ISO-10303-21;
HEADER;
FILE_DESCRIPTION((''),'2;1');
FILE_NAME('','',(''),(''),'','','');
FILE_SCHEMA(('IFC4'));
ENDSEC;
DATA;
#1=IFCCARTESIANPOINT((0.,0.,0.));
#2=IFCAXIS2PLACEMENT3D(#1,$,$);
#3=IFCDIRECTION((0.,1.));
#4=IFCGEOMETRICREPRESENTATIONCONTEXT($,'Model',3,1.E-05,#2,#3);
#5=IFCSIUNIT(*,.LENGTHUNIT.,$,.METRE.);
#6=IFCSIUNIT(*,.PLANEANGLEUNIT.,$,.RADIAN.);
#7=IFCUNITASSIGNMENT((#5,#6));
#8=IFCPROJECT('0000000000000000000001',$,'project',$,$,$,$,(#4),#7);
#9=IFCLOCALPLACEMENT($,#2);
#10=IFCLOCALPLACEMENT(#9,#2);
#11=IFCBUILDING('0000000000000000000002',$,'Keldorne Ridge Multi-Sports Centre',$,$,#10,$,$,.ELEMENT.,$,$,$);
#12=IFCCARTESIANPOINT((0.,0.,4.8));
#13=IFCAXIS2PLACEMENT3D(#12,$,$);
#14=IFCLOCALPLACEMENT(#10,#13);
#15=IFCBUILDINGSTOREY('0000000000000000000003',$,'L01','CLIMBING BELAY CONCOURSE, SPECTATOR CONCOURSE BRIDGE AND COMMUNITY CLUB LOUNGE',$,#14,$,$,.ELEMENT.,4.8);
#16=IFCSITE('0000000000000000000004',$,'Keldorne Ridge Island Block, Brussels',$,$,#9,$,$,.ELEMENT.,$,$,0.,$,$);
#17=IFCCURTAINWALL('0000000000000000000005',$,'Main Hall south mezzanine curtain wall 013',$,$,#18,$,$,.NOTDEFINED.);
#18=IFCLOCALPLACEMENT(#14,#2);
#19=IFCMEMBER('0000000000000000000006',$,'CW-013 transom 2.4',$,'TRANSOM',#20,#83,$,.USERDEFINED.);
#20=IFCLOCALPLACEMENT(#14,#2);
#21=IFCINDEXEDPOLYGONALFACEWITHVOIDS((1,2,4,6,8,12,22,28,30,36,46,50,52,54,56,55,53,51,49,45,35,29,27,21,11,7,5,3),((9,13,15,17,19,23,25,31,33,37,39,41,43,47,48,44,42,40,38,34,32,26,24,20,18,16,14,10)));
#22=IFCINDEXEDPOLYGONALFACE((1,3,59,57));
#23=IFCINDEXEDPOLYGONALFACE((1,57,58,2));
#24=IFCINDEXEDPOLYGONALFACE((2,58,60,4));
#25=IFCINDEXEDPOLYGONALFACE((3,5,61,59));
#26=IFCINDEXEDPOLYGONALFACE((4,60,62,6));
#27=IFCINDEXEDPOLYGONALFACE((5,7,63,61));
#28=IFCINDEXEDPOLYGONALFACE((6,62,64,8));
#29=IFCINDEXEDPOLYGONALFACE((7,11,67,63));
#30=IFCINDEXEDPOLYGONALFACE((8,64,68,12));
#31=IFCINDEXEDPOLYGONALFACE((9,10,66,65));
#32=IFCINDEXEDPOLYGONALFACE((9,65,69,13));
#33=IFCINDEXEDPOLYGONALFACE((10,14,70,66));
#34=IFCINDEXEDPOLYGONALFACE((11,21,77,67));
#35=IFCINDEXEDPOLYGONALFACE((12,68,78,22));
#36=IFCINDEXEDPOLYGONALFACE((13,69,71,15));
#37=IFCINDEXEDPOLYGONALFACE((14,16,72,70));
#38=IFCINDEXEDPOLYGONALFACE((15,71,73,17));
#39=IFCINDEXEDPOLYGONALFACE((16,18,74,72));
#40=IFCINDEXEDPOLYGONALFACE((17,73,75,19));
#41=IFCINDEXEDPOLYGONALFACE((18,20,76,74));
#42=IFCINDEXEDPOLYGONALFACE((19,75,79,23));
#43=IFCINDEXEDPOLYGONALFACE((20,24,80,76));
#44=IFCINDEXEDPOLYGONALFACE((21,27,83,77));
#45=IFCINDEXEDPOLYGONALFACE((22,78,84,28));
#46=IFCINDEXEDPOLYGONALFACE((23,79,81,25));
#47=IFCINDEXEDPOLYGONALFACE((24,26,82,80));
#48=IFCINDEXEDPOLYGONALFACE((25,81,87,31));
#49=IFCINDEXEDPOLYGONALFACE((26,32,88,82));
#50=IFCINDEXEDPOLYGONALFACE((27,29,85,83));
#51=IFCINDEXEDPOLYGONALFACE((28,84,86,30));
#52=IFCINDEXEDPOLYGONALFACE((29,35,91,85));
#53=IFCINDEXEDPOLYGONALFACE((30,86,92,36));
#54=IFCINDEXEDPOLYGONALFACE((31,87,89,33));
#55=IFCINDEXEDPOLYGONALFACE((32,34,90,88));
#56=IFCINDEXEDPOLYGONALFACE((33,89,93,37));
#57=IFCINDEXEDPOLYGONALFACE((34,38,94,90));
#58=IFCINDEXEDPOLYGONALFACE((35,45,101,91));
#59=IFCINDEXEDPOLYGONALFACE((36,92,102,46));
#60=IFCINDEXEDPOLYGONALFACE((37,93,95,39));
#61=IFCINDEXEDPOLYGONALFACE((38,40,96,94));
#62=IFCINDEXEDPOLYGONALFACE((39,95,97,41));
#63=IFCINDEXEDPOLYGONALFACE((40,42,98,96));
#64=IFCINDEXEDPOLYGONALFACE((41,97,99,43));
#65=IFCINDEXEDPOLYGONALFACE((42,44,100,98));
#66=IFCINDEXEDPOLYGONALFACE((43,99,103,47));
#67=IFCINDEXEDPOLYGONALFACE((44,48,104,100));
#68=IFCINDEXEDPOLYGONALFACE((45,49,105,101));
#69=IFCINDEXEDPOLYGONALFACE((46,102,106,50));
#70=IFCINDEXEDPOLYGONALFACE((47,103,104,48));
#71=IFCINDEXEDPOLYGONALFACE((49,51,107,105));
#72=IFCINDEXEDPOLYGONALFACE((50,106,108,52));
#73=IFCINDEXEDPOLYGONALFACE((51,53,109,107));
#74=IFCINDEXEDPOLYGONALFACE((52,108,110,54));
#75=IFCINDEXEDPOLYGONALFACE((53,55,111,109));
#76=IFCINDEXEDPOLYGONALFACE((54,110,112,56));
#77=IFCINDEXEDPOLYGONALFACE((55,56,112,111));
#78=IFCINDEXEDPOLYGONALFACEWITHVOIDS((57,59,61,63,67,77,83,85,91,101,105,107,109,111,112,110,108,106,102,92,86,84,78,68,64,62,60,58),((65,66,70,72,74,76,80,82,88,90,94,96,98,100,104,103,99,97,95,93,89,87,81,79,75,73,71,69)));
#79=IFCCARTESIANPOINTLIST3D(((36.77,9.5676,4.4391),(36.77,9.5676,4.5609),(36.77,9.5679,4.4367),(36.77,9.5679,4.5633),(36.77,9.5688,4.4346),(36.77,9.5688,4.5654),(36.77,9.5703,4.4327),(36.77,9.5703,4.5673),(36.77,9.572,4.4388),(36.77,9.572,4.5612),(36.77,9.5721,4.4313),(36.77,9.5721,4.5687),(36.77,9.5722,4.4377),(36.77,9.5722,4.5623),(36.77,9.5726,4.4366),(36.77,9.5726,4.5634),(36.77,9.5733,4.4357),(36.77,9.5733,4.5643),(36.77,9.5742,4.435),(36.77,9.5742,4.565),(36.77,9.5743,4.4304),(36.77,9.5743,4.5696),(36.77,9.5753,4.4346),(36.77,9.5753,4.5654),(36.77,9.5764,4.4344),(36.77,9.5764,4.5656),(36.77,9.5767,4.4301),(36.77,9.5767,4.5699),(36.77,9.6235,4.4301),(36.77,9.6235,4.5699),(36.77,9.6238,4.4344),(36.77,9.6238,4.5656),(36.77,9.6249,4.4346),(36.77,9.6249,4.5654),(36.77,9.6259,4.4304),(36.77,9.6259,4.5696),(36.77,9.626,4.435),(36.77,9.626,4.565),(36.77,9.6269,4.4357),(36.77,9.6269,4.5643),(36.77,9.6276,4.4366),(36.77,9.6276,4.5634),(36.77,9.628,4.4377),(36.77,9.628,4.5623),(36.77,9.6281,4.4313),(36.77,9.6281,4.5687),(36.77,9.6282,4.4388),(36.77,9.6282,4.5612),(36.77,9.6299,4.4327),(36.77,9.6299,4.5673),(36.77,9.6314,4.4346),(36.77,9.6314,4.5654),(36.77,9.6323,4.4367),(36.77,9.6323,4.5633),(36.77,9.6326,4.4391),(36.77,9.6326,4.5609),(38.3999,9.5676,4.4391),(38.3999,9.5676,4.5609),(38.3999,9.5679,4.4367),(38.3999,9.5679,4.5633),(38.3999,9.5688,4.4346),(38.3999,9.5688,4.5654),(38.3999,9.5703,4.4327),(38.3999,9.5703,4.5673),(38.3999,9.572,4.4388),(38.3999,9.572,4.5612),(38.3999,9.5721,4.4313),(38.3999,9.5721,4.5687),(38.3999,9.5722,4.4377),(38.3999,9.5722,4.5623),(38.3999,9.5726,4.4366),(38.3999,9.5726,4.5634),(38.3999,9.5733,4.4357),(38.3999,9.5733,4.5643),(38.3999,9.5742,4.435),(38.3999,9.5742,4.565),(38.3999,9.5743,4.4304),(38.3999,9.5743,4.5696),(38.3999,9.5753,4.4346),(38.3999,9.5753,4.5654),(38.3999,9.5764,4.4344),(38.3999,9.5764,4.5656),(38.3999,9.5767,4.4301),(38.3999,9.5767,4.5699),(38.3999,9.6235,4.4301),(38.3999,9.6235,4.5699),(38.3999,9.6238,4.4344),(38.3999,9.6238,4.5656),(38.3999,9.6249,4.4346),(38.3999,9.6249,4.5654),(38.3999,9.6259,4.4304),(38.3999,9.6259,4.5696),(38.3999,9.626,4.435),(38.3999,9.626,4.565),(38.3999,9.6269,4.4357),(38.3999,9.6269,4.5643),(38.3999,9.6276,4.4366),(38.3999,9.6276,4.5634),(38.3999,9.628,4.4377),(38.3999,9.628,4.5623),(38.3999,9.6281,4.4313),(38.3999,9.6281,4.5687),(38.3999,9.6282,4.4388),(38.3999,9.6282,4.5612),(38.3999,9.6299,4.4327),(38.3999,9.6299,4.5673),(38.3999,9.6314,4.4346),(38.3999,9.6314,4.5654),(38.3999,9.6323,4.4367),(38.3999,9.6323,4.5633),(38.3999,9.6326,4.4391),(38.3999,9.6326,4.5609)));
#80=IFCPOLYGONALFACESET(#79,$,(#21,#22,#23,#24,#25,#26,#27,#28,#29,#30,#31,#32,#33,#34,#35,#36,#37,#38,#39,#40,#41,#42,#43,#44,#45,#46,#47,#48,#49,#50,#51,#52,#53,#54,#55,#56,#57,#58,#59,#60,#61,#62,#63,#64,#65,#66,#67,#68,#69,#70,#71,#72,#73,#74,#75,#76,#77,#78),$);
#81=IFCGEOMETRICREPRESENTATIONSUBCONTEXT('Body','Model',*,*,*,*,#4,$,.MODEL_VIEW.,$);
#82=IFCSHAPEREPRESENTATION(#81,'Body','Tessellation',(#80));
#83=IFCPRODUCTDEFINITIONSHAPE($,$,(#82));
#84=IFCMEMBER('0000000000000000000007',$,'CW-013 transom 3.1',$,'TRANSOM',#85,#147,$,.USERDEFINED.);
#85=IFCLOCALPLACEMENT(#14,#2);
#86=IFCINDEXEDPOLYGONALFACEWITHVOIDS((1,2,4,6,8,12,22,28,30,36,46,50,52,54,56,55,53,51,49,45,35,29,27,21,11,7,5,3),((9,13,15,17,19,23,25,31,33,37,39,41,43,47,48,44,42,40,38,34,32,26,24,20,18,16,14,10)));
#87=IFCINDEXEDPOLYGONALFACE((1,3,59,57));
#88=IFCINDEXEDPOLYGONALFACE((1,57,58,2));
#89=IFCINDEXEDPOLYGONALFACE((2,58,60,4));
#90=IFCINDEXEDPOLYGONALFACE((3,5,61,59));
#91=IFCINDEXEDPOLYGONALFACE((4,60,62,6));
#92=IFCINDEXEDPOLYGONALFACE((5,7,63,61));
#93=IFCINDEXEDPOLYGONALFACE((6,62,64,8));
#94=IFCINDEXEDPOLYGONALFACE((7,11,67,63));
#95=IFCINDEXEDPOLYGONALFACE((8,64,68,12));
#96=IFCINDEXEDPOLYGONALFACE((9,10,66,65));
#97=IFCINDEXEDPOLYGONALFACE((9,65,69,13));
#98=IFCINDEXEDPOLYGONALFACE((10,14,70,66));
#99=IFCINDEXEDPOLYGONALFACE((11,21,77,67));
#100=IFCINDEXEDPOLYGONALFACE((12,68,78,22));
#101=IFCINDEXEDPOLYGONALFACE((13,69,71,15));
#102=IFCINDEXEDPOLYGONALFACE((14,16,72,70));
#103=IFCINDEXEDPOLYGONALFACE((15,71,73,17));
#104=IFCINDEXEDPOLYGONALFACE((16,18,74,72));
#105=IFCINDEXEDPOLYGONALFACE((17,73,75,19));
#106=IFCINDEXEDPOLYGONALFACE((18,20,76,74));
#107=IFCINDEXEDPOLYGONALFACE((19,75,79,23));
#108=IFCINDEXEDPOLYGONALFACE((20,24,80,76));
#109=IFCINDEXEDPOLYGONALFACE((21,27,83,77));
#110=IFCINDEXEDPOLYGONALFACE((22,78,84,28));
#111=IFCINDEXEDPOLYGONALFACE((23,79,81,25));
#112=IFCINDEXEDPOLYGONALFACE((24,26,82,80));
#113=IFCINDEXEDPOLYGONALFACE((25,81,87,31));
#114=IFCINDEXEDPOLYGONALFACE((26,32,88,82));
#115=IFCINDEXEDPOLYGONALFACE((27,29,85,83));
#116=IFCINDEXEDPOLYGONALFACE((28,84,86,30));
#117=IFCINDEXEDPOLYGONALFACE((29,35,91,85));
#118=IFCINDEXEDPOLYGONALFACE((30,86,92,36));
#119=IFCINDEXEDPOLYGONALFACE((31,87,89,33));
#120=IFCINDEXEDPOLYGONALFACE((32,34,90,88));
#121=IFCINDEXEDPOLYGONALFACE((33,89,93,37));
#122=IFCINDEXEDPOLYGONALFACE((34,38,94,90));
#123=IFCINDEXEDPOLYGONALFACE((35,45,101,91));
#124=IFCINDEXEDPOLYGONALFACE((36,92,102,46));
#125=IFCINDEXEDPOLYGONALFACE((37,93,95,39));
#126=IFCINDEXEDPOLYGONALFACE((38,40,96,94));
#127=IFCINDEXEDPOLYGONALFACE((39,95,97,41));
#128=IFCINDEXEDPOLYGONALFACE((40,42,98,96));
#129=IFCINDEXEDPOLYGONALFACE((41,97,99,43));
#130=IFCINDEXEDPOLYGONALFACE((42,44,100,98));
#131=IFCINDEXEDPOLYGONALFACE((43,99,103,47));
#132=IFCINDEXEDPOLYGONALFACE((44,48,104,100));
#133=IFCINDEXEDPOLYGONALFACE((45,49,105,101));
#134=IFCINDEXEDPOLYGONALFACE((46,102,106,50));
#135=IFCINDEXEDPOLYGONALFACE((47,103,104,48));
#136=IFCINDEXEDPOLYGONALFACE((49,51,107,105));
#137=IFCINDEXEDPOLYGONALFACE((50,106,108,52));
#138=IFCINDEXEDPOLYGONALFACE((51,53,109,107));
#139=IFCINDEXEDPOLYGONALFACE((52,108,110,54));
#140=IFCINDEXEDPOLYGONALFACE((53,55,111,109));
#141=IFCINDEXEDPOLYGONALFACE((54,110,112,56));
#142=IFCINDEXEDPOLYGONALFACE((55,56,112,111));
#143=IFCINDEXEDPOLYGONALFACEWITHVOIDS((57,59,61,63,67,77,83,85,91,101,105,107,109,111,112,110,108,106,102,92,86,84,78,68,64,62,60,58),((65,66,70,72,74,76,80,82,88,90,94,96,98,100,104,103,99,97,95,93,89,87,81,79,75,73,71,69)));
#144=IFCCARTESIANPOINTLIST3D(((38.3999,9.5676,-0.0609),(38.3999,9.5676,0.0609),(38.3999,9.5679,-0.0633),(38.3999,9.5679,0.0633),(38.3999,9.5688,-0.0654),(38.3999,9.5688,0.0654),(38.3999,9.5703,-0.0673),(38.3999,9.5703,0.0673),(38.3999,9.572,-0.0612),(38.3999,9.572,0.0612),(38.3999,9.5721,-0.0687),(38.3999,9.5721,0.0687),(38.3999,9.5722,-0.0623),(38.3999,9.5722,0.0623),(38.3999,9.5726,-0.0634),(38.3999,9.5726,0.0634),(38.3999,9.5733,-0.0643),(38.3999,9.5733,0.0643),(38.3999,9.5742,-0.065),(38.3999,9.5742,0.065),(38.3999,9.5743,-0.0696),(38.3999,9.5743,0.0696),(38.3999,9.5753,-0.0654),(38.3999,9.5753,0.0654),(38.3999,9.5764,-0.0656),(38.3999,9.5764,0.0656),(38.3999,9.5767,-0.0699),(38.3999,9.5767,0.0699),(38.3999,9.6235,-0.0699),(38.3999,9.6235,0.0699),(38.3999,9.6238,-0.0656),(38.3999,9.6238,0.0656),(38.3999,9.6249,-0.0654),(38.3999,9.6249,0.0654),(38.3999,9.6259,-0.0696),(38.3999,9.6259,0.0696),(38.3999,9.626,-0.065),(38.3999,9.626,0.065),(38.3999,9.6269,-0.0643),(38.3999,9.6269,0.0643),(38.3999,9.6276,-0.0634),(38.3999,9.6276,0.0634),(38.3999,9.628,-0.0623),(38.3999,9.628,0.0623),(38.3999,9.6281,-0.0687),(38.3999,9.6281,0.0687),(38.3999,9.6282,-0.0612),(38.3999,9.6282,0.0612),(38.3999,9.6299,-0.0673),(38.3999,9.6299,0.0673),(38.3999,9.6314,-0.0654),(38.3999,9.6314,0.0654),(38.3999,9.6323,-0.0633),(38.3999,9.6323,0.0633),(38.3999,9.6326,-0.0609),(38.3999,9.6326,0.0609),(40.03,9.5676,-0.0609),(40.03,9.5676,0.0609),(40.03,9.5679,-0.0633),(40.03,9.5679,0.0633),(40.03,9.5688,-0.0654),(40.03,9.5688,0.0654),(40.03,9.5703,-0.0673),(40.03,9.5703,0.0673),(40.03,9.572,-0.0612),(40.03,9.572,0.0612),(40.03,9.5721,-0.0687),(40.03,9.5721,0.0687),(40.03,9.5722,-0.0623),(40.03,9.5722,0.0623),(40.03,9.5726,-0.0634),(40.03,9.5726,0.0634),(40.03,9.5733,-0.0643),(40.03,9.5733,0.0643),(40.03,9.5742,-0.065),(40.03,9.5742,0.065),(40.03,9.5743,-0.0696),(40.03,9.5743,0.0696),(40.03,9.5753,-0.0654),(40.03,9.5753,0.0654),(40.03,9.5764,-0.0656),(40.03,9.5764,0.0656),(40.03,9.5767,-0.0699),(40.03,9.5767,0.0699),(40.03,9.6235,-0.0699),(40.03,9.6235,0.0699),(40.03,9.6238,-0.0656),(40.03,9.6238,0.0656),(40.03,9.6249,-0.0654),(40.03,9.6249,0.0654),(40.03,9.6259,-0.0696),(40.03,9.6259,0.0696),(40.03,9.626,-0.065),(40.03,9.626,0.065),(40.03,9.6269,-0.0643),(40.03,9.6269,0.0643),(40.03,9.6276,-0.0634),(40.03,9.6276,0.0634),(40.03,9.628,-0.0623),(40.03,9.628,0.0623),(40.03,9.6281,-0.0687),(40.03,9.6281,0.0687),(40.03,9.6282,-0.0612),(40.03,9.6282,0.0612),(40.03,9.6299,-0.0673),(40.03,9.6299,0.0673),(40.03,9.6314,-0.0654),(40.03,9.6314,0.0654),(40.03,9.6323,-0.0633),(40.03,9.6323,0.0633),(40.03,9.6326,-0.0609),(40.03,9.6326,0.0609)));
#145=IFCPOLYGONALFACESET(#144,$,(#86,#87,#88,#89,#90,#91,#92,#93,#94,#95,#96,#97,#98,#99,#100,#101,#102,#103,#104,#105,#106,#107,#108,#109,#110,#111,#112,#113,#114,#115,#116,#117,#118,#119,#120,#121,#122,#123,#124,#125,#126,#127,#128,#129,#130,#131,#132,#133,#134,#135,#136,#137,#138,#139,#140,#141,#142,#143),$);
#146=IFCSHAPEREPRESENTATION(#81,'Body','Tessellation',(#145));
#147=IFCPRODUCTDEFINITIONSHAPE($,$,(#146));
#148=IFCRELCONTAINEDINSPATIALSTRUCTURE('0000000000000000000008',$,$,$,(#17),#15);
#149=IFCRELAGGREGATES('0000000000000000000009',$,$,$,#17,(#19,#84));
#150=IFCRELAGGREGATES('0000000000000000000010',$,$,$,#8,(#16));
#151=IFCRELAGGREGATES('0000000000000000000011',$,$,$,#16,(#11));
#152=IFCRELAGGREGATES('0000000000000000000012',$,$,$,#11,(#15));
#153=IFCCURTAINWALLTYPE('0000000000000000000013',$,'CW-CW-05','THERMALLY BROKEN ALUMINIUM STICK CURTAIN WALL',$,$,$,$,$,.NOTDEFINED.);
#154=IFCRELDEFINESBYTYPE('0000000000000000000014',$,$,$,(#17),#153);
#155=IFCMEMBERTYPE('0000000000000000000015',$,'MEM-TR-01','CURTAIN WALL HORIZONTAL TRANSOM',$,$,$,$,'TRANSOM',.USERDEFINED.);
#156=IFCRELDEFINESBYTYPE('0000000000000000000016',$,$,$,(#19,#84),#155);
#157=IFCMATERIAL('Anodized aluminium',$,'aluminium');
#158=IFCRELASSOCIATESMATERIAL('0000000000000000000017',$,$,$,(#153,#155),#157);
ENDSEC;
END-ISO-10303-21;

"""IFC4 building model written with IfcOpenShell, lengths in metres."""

from ifc_helpers import new_model, si_unit, direction, frame, origin, origin_2d, place, context, subcontext, project, spatial, hollow_rectangle, extrude, material, material_profile, profile_set, type_object, element, aggregate, save


model = new_model("IFC4")

# Units and contexts
model_context = context("Model", 3, precision=1e-05, world=origin(), true_north=direction((0.0, 1.0)))
body_context = subcontext(model_context, "Body", "Model", "MODEL_VIEW")
ifc_project = project(units=[si_unit("LENGTHUNIT", "METRE"), si_unit("PLANEANGLEUNIT", "RADIAN")], contexts=[model_context])

# Site, building, storey
site_placement = place(None, origin())
site = spatial("IfcSite", under=ifc_project, at=site_placement, Name="Keldorne Ridge Island Block, Brussels", CompositionType="ELEMENT", RefElevation=0.0)
building_placement = place(site_placement, origin())
building = spatial("IfcBuilding", under=site, at=building_placement, Name="Keldorne Ridge Multi-Sports Centre", CompositionType="ELEMENT")
storey_placement = place(building_placement, frame((0.0, 0.0, 4.8)))
storey = spatial("IfcBuildingStorey", under=building, at=storey_placement, Name="L01", Description="CLIMBING BELAY CONCOURSE, SPECTATOR CONCOURSE BRIDGE AND COMMUNITY CLUB LOUNGE", CompositionType="ELEMENT", Elevation=4.8)

# Curtain wall, members
ifc_material_1 = material(Name="Anodized aluminium", Category="aluminium")
curtain_wall_type = type_object("IfcCurtainWallType", Name="CW-CW-05", Description="THERMALLY BROKEN ALUMINIUM STICK CURTAIN WALL", PredefinedType="NOTDEFINED", material=ifc_material_1)
curtain_wall_placement = place(storey_placement, origin())
curtain_wall = element("IfcCurtainWall", 1, at=curtain_wall_placement, inside=storey, type_object=curtain_wall_type, Name="Main Hall south mezzanine curtain wall 013", PredefinedType="NOTDEFINED")
ifc_material_profile_1 = material_profile(ifc_material_1, hollow_rectangle(XDim=0.0649, YDim=0.1399, WallThickness=0.0044, InnerFilletRadius=0.0044, OuterFilletRadius=0.009, at=origin_2d()), Name="ALU TRANSOM 140x65x4.5")
ifc_profile_set_1 = profile_set([ifc_material_profile_1], Name="Anodized aluminium")
member_type_1 = type_object("IfcMemberType", Name="MEM-TR-01", Description="CURTAIN WALL HORIZONTAL TRANSOM", ElementType="TRANSOM", PredefinedType="USERDEFINED", material=ifc_profile_set_1)
member_1_placement = place(storey_placement, frame((36.77, 9.6001, 4.5), z_axis=(1.0, 0.0, 0.0), x_axis=(0.0, 1.0, 0.0)))
member_1 = element("IfcMember", 2, at=member_1_placement, type_object=member_type_1, Name="CW-013 transom 2.4", ObjectType="TRANSOM", PredefinedType="USERDEFINED", context=body_context, shape_type="SweptSolid", body=[
    extrude(hollow_rectangle(XDim=0.0649, YDim=0.1399, WallThickness=0.0044, InnerFilletRadius=0.0044, OuterFilletRadius=0.009, at=origin_2d()), origin(), (0.0, 0.0, 1.0), 1.6299),
])
member_2_placement = place(storey_placement, frame((38.3999, 9.6001, 0.0), z_axis=(1.0, 0.0, 0.0), x_axis=(0.0, 1.0, 0.0)))
member_2 = element("IfcMember", 3, at=member_2_placement, type_object=member_type_1, Name="CW-013 transom 3.1", ObjectType="TRANSOM", PredefinedType="USERDEFINED", context=body_context, shape_type="SweptSolid", body=[
    extrude(hollow_rectangle(XDim=0.0649, YDim=0.1399, WallThickness=0.0044, InnerFilletRadius=0.0044, OuterFilletRadius=0.009, at=origin_2d()), origin(), (0.0, 0.0, 1.0), 1.6301),
])
aggregate(curtain_wall, [member_1, member_2])

save(model, "model.ifc")
